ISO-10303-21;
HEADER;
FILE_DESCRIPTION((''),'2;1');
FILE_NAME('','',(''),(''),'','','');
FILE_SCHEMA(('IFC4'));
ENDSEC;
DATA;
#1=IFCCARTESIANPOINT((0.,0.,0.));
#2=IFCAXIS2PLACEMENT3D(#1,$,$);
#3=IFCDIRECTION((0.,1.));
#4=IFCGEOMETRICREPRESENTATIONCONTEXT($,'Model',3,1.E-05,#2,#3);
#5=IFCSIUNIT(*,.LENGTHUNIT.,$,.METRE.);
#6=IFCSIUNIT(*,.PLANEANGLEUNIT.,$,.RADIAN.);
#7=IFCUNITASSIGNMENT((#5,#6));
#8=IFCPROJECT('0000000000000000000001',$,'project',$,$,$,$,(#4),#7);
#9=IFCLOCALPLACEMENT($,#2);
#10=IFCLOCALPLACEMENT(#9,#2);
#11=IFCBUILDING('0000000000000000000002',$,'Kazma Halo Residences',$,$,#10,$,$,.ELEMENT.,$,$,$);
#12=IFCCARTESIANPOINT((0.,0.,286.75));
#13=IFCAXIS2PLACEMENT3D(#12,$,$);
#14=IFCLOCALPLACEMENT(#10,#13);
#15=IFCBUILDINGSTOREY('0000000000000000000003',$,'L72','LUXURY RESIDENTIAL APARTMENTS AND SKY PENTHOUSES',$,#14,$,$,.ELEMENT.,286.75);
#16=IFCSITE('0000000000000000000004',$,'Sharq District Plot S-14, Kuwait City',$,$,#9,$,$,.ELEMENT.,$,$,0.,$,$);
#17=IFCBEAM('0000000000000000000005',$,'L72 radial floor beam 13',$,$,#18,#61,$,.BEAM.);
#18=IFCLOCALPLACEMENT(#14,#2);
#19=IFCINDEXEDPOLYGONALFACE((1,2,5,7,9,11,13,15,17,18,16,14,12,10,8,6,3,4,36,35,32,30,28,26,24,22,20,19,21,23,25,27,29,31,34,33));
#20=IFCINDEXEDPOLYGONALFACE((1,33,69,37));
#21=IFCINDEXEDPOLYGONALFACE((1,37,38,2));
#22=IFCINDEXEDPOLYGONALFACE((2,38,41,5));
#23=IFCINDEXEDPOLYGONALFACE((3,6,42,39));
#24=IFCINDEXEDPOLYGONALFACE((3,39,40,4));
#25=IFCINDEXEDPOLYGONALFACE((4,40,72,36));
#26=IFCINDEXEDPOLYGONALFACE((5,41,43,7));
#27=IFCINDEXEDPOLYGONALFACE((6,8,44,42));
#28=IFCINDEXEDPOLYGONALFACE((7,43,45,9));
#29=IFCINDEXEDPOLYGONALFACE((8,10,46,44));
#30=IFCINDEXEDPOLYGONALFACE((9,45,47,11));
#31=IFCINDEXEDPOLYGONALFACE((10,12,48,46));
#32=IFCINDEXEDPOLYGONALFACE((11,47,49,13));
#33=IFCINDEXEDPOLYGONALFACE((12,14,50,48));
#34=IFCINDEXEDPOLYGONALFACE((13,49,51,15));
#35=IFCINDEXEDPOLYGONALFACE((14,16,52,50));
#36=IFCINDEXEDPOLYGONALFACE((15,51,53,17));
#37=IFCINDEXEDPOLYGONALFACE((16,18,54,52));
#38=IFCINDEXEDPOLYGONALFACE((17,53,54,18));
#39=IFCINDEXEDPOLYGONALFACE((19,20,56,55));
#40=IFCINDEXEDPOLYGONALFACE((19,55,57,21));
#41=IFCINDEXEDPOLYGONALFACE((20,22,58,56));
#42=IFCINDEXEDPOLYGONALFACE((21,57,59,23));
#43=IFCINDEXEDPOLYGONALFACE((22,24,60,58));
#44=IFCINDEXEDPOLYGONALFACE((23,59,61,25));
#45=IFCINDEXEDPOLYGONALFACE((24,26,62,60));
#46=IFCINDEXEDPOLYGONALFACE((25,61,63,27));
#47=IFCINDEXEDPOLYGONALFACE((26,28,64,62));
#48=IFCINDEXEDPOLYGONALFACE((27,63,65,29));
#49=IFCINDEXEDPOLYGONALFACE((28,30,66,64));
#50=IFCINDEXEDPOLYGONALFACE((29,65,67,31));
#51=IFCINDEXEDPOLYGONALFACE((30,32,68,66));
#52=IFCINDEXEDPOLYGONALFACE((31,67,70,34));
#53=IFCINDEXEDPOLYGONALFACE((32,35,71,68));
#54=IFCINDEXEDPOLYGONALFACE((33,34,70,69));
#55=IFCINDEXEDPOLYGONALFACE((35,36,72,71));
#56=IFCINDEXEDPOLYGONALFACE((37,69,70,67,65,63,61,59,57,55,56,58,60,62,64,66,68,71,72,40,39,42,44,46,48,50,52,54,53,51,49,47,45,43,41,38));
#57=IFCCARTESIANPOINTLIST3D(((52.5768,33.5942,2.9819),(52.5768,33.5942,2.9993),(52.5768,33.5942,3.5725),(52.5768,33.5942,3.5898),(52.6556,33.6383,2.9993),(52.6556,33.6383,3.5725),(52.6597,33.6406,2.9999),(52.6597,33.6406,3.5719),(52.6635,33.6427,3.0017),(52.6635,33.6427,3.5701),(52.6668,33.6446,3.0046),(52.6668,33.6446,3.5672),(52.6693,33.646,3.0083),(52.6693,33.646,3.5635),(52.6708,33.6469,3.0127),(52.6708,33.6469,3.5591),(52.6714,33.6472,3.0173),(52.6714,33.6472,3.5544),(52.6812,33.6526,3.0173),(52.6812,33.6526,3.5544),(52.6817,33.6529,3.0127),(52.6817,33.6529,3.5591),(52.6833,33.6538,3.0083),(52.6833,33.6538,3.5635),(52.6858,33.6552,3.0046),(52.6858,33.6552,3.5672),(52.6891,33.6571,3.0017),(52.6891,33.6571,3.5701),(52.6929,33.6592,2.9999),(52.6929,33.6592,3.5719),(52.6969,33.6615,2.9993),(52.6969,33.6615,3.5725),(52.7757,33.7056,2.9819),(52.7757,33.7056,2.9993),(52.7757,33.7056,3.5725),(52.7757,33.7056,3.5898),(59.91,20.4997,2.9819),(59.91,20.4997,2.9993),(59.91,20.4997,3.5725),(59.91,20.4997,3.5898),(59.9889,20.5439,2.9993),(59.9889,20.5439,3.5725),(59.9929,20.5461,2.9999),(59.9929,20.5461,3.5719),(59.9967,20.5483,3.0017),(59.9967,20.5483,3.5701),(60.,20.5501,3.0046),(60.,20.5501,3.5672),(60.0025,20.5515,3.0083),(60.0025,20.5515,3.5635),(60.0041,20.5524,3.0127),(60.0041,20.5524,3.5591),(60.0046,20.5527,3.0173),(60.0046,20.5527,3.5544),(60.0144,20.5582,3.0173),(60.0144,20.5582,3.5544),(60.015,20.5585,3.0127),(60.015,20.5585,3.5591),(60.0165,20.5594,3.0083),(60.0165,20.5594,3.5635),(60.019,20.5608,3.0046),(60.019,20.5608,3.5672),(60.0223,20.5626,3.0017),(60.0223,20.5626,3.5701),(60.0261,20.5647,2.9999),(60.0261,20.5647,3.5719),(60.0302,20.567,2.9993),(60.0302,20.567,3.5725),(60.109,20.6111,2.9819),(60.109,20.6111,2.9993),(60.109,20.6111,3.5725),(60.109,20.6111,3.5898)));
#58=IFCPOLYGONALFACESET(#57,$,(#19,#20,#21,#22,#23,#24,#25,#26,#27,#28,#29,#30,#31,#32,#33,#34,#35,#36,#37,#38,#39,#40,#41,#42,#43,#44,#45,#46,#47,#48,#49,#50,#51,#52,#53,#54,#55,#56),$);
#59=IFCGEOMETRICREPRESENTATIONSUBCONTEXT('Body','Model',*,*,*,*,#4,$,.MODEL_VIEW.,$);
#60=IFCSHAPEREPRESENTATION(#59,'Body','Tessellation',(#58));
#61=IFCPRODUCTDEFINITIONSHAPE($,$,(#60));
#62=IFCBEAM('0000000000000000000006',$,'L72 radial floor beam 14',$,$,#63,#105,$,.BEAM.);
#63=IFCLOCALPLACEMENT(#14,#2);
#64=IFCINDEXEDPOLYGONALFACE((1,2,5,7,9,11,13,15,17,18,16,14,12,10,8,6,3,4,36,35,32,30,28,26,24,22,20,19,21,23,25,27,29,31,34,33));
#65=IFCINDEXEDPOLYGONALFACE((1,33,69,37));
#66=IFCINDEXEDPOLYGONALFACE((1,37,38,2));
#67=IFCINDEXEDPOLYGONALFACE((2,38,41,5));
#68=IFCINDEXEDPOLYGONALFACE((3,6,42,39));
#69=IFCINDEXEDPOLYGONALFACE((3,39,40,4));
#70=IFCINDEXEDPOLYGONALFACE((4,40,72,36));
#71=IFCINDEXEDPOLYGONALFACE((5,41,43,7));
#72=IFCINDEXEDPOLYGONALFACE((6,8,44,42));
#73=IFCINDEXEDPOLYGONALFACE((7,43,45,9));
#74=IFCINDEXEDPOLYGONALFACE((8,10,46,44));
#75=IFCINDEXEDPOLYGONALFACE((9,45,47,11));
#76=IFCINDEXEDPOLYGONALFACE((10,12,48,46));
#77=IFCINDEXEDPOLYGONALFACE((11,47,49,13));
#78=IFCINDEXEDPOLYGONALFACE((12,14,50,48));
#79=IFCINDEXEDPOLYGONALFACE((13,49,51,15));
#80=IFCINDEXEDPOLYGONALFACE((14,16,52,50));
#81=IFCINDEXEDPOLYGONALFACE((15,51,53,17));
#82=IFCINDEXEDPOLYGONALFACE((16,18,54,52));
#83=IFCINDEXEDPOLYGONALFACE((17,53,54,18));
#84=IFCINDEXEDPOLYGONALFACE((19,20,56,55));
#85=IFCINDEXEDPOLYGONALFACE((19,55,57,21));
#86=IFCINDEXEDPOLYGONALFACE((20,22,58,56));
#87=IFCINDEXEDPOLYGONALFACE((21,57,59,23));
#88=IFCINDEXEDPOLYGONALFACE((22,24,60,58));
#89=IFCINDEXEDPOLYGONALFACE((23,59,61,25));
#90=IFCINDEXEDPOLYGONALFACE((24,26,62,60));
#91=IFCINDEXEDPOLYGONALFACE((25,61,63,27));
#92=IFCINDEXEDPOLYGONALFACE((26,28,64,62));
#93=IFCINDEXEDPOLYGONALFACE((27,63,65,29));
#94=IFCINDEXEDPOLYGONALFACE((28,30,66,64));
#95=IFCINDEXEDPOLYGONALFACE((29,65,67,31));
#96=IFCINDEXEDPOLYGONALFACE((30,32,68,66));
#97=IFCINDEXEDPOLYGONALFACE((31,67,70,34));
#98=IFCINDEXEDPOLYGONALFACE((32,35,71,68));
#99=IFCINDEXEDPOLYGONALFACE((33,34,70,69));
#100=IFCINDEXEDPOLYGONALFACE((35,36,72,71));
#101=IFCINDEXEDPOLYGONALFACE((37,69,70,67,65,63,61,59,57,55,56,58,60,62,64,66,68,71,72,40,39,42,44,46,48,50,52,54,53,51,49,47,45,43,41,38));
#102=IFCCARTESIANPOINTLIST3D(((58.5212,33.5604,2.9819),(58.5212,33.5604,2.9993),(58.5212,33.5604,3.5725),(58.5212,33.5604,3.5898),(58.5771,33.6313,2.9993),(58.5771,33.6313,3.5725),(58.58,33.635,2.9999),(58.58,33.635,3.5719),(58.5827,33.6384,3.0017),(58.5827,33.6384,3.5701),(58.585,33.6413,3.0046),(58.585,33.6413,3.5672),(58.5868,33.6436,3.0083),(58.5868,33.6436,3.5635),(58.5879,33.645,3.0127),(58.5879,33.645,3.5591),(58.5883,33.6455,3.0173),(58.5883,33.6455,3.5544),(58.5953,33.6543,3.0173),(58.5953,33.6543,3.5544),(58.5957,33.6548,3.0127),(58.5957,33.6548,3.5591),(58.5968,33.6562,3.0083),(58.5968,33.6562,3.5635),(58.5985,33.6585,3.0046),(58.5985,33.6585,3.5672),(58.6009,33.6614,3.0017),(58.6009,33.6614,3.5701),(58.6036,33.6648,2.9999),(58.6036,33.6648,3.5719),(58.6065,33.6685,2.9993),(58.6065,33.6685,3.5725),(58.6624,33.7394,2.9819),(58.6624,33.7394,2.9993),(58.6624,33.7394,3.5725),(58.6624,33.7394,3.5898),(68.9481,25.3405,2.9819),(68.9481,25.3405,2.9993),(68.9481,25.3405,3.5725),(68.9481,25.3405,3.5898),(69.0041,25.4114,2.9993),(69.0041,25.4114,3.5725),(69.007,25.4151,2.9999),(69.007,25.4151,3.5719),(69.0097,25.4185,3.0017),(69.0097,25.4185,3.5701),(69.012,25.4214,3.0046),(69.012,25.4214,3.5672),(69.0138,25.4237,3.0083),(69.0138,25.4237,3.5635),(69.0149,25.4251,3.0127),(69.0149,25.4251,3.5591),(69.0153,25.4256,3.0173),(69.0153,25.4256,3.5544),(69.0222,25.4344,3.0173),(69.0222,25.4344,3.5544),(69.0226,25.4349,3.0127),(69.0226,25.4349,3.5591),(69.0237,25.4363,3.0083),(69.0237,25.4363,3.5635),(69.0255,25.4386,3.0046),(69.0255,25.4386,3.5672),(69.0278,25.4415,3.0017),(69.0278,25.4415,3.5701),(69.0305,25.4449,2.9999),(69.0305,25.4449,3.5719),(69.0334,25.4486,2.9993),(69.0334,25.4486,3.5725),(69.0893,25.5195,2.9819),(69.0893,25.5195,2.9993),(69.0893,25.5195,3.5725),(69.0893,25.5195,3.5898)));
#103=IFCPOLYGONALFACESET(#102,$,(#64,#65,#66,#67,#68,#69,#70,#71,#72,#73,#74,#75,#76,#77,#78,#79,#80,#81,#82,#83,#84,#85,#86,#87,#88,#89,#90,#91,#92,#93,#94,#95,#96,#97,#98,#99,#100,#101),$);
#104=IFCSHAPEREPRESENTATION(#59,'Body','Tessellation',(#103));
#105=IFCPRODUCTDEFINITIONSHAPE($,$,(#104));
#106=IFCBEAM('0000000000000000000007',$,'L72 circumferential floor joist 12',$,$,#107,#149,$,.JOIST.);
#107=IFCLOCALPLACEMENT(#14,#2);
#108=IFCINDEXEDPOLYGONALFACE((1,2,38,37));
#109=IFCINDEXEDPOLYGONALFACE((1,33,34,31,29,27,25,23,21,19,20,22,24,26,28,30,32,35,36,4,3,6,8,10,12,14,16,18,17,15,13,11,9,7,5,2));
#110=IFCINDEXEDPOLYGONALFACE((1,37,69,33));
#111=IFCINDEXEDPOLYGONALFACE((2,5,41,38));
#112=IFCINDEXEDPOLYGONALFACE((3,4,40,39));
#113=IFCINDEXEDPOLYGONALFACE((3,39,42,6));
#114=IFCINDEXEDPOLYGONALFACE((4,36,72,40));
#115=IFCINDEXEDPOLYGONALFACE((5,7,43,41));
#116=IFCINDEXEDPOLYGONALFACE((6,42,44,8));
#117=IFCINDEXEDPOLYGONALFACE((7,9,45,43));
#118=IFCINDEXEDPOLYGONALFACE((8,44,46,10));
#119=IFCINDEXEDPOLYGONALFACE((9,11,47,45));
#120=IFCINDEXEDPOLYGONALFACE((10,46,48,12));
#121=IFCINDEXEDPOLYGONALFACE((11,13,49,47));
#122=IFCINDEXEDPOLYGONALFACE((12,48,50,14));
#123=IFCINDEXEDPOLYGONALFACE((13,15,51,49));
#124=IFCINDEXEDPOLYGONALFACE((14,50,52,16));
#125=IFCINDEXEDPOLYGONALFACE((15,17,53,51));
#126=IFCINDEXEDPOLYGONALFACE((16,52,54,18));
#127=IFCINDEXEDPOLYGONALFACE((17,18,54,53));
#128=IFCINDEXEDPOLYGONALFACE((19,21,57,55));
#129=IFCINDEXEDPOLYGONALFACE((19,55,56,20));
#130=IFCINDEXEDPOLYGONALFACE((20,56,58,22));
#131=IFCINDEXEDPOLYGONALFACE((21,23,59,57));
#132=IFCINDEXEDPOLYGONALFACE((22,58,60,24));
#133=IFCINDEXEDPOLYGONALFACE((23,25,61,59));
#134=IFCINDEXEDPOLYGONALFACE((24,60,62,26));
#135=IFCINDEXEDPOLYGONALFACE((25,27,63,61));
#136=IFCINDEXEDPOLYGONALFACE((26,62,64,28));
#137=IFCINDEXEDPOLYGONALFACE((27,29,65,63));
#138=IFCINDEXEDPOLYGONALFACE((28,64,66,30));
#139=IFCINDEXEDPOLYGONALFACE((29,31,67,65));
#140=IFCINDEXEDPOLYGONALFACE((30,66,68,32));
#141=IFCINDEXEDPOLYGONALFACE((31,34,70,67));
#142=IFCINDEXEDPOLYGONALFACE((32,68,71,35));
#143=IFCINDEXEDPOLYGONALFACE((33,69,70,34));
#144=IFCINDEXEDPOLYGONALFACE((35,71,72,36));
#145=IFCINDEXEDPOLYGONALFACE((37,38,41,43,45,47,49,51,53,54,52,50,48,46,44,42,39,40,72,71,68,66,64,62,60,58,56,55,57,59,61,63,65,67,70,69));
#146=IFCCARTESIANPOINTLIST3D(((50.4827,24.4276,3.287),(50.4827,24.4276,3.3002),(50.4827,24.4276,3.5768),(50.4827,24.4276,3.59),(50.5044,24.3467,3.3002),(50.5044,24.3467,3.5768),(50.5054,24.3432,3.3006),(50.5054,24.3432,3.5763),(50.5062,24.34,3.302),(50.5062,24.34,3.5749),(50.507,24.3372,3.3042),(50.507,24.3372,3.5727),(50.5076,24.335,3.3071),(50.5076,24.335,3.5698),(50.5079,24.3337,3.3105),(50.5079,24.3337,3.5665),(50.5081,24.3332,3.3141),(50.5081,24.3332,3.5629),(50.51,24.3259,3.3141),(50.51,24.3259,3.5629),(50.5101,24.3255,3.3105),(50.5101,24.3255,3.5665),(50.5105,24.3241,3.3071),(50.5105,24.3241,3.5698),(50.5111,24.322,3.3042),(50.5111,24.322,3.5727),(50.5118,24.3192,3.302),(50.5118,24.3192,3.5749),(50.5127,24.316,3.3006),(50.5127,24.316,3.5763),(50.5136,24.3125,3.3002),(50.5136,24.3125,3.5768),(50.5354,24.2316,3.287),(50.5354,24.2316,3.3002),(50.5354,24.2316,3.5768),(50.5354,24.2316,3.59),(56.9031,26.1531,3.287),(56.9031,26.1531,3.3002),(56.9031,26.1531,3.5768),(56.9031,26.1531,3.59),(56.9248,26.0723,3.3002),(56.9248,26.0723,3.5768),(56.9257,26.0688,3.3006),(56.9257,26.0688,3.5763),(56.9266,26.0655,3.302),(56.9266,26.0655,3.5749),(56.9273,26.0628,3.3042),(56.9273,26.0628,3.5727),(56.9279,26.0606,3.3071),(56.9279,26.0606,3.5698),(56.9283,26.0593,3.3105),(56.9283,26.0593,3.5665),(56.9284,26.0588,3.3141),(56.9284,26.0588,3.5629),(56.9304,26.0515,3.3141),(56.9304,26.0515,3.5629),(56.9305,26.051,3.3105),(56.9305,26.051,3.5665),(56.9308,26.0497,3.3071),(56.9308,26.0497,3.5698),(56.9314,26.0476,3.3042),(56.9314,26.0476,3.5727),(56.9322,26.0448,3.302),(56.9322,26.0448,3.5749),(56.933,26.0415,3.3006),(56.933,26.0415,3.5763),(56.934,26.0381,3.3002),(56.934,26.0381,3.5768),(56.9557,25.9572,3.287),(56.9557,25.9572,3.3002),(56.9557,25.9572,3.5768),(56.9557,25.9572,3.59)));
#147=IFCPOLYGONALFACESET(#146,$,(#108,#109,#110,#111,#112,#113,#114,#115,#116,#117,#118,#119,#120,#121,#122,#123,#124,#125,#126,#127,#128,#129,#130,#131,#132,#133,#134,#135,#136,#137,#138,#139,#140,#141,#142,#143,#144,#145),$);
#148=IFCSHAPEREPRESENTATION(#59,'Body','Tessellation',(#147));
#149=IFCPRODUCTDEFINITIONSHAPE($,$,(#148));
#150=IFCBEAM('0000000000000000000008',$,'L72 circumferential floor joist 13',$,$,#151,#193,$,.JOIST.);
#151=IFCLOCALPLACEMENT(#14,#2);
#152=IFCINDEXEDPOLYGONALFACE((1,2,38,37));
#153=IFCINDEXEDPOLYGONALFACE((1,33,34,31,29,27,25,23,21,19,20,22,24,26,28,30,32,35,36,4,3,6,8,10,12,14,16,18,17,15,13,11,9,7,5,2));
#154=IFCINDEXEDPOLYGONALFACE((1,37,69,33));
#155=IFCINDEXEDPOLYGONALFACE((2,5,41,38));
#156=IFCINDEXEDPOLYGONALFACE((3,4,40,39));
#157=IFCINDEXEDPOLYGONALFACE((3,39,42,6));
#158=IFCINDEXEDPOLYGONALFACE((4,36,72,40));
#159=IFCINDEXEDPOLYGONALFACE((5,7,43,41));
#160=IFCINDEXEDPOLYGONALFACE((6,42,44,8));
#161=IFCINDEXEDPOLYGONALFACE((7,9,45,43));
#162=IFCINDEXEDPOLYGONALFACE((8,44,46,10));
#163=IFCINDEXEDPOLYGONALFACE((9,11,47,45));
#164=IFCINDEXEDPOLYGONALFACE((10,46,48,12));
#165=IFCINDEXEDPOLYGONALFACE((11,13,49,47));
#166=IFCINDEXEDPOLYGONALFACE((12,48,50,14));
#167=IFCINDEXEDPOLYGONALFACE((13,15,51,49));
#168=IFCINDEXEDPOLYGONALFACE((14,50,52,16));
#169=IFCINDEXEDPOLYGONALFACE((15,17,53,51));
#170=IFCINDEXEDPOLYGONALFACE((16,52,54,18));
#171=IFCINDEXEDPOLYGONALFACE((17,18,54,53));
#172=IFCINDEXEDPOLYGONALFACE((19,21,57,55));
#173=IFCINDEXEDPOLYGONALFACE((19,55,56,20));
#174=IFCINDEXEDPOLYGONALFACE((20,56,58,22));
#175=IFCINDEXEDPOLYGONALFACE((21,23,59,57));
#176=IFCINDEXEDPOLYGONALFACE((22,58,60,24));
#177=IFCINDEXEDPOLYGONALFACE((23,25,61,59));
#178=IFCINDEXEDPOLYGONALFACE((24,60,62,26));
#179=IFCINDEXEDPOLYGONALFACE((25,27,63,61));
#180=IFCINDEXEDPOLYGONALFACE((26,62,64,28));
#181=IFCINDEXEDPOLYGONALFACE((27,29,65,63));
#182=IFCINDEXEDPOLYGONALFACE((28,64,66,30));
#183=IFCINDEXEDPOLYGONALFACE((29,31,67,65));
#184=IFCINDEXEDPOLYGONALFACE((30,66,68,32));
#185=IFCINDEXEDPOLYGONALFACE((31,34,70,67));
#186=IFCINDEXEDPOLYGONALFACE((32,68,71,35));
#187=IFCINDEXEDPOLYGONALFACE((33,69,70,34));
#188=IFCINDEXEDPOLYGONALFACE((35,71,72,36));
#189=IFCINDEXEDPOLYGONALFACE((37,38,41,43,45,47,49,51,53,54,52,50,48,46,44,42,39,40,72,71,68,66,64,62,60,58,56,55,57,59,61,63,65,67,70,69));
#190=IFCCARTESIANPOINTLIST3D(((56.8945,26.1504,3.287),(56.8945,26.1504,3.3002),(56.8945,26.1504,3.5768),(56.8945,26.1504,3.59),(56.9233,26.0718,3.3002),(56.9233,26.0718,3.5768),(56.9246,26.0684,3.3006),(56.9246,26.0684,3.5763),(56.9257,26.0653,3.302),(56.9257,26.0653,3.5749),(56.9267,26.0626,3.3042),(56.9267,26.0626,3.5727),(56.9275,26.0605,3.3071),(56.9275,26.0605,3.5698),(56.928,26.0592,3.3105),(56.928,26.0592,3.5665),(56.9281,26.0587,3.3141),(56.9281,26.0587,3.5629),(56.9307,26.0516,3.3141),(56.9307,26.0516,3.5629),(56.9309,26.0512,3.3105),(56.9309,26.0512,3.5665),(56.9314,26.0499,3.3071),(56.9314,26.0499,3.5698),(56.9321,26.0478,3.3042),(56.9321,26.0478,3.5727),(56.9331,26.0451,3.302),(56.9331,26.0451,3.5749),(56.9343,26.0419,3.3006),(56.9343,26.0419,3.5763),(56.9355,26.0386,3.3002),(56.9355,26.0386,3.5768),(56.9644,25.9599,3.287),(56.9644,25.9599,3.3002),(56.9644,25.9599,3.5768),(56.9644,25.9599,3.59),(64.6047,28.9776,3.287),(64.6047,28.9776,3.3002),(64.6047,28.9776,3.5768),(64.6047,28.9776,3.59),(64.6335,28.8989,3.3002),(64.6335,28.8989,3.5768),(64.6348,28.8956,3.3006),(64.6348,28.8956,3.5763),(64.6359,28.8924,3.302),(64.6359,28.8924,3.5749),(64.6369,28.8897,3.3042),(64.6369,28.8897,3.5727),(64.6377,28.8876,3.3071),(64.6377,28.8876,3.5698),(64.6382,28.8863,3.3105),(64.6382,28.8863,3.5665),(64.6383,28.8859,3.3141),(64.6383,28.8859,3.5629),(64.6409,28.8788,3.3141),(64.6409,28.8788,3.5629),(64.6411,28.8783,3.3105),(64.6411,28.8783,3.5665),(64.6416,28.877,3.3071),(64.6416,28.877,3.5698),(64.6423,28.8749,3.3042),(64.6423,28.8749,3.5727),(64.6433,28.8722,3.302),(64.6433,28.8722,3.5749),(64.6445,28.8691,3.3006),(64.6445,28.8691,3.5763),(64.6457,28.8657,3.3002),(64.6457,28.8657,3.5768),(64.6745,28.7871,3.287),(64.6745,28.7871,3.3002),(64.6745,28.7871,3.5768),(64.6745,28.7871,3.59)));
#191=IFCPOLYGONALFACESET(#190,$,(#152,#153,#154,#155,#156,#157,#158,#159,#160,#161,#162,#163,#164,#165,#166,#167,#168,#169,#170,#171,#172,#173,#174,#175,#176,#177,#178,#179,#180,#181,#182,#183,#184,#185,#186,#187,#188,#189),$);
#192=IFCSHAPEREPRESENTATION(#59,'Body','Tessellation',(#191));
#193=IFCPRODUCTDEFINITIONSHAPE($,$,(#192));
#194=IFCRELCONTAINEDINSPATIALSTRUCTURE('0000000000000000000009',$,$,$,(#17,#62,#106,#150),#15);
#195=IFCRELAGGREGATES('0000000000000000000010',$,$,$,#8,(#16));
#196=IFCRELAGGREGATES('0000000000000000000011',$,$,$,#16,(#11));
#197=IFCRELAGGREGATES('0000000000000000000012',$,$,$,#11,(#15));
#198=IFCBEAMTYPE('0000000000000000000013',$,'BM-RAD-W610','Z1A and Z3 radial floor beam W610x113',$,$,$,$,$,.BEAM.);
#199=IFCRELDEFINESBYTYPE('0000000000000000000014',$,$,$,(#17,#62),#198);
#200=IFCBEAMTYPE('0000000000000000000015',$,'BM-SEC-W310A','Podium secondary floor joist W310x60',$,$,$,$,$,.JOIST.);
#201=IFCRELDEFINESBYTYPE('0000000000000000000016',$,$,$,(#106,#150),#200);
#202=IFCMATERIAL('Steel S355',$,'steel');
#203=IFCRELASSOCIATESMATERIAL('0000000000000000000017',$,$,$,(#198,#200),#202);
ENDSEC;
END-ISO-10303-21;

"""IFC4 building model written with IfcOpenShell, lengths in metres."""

from ifc_helpers import new_model, si_unit, direction, frame, origin, origin_2d, place, context, subcontext, project, spatial, i_section, extrude, material, material_profile, profile_set, type_object, element, save


model = new_model("IFC4")

# Units and contexts
model_context = context("Model", 3, precision=1e-05, world=origin(), true_north=direction((0.0, 1.0)))
body_context = subcontext(model_context, "Body", "Model", "MODEL_VIEW")
ifc_project = project(units=[si_unit("LENGTHUNIT", "METRE"), si_unit("PLANEANGLEUNIT", "RADIAN")], contexts=[model_context])

# Site, building, storey
site_placement = place(None, origin())
site = spatial("IfcSite", under=ifc_project, at=site_placement, Name="Sharq District Plot S-14, Kuwait City", CompositionType="ELEMENT", RefElevation=0.0)
building_placement = place(site_placement, origin())
building = spatial("IfcBuilding", under=site, at=building_placement, Name="Kazma Halo Residences", CompositionType="ELEMENT")
storey_placement = place(building_placement, frame((0.0, 0.0, 286.75)))
storey = spatial("IfcBuildingStorey", under=building, at=storey_placement, Name="L72", Description="LUXURY RESIDENTIAL APARTMENTS AND SKY PENTHOUSES", CompositionType="ELEMENT", Elevation=286.75)

# Beams
ifc_material_1 = material(Name="Steel S355", Category="steel")
ifc_material_profile_1 = material_profile(ifc_material_1, i_section(OverallWidth=0.228, OverallDepth=0.6079, WebThickness=0.0112, FlangeThickness=0.0173, FilletRadius=0.0181, at=origin_2d()), Name="W610x113")
ifc_profile_set_1 = profile_set([ifc_material_profile_1], Name="Steel S355")
beam_type_1 = type_object("IfcBeamType", Name="BM-RAD-W610", Description="Z1A and Z3 radial floor beam W610x113", PredefinedType="BEAM", material=ifc_profile_set_1)
beam_1_placement = place(storey_placement, frame((52.6763, 33.6499, 3.2859), z_axis=(0.488621, -0.872496, 0.0), x_axis=(0.872496, 0.488621, 0.0)))
element("IfcBeam", 1, at=beam_1_placement, inside=storey, type_object=beam_type_1, Name="L72 radial floor beam 13", PredefinedType="BEAM", context=body_context, shape_type="SweptSolid", body=[
    extrude(i_section(OverallWidth=0.228, OverallDepth=0.6079, WebThickness=0.0112, FlangeThickness=0.0173, FilletRadius=0.0181, at=origin_2d()), origin(), (0.0, 0.0, 1.0), 15.0081),
])
beam_2_placement = place(storey_placement, frame((58.5918, 33.6499, 3.2859), z_axis=(0.785317, -0.619093, 0.0), x_axis=(0.619093, 0.785317, 0.0)))
element("IfcBeam", 2, at=beam_2_placement, inside=storey, type_object=beam_type_1, Name="L72 radial floor beam 14", PredefinedType="BEAM", context=body_context, shape_type="SweptSolid", body=[
    extrude(i_section(OverallWidth=0.228, OverallDepth=0.6079, WebThickness=0.0112, FlangeThickness=0.0173, FilletRadius=0.0181, at=origin_2d()), origin(), (0.0, 0.0, 1.0), 13.2773),
])
ifc_material_profile_2 = material_profile(ifc_material_1, i_section(OverallWidth=0.2029, OverallDepth=0.303, WebThickness=0.0076, FlangeThickness=0.0132, FilletRadius=0.0139, at=origin_2d()), Name="W310x60")
ifc_profile_set_2 = profile_set([ifc_material_profile_2], Name="Steel S355")
beam_type_2 = type_object("IfcBeamType", Name="BM-SEC-W310A", Description="Podium secondary floor joist W310x60", PredefinedType="JOIST", material=ifc_profile_set_2)
beam_3_placement = place(storey_placement, frame((50.509, 24.3296, 3.4385), z_axis=(0.965728, 0.259555, 0.0), x_axis=(-0.259555, 0.965728, 0.0)))
element("IfcBeam", 3, at=beam_3_placement, inside=storey, type_object=beam_type_2, Name="L72 circumferential floor joist 12", PredefinedType="JOIST", context=body_context, shape_type="SweptSolid", body=[
    extrude(i_section(OverallWidth=0.2029, OverallDepth=0.303, WebThickness=0.0076, FlangeThickness=0.0132, FilletRadius=0.0139, at=origin_2d()), origin(), (0.0, 0.0, 1.0), 6.6482),
])
beam_4_placement = place(storey_placement, frame((56.9294, 26.0552, 3.4385), z_axis=(0.938873, 0.344263, 0.0), x_axis=(-0.344263, 0.938873, 0.0)))
element("IfcBeam", 4, at=beam_4_placement, inside=storey, type_object=beam_type_2, Name="L72 circumferential floor joist 13", PredefinedType="JOIST", context=body_context, shape_type="SweptSolid", body=[
    extrude(i_section(OverallWidth=0.2029, OverallDepth=0.303, WebThickness=0.0076, FlangeThickness=0.0132, FilletRadius=0.0139, at=origin_2d()), origin(), (0.0, 0.0, 1.0), 8.2122),
])

save(model, "model.ifc")
